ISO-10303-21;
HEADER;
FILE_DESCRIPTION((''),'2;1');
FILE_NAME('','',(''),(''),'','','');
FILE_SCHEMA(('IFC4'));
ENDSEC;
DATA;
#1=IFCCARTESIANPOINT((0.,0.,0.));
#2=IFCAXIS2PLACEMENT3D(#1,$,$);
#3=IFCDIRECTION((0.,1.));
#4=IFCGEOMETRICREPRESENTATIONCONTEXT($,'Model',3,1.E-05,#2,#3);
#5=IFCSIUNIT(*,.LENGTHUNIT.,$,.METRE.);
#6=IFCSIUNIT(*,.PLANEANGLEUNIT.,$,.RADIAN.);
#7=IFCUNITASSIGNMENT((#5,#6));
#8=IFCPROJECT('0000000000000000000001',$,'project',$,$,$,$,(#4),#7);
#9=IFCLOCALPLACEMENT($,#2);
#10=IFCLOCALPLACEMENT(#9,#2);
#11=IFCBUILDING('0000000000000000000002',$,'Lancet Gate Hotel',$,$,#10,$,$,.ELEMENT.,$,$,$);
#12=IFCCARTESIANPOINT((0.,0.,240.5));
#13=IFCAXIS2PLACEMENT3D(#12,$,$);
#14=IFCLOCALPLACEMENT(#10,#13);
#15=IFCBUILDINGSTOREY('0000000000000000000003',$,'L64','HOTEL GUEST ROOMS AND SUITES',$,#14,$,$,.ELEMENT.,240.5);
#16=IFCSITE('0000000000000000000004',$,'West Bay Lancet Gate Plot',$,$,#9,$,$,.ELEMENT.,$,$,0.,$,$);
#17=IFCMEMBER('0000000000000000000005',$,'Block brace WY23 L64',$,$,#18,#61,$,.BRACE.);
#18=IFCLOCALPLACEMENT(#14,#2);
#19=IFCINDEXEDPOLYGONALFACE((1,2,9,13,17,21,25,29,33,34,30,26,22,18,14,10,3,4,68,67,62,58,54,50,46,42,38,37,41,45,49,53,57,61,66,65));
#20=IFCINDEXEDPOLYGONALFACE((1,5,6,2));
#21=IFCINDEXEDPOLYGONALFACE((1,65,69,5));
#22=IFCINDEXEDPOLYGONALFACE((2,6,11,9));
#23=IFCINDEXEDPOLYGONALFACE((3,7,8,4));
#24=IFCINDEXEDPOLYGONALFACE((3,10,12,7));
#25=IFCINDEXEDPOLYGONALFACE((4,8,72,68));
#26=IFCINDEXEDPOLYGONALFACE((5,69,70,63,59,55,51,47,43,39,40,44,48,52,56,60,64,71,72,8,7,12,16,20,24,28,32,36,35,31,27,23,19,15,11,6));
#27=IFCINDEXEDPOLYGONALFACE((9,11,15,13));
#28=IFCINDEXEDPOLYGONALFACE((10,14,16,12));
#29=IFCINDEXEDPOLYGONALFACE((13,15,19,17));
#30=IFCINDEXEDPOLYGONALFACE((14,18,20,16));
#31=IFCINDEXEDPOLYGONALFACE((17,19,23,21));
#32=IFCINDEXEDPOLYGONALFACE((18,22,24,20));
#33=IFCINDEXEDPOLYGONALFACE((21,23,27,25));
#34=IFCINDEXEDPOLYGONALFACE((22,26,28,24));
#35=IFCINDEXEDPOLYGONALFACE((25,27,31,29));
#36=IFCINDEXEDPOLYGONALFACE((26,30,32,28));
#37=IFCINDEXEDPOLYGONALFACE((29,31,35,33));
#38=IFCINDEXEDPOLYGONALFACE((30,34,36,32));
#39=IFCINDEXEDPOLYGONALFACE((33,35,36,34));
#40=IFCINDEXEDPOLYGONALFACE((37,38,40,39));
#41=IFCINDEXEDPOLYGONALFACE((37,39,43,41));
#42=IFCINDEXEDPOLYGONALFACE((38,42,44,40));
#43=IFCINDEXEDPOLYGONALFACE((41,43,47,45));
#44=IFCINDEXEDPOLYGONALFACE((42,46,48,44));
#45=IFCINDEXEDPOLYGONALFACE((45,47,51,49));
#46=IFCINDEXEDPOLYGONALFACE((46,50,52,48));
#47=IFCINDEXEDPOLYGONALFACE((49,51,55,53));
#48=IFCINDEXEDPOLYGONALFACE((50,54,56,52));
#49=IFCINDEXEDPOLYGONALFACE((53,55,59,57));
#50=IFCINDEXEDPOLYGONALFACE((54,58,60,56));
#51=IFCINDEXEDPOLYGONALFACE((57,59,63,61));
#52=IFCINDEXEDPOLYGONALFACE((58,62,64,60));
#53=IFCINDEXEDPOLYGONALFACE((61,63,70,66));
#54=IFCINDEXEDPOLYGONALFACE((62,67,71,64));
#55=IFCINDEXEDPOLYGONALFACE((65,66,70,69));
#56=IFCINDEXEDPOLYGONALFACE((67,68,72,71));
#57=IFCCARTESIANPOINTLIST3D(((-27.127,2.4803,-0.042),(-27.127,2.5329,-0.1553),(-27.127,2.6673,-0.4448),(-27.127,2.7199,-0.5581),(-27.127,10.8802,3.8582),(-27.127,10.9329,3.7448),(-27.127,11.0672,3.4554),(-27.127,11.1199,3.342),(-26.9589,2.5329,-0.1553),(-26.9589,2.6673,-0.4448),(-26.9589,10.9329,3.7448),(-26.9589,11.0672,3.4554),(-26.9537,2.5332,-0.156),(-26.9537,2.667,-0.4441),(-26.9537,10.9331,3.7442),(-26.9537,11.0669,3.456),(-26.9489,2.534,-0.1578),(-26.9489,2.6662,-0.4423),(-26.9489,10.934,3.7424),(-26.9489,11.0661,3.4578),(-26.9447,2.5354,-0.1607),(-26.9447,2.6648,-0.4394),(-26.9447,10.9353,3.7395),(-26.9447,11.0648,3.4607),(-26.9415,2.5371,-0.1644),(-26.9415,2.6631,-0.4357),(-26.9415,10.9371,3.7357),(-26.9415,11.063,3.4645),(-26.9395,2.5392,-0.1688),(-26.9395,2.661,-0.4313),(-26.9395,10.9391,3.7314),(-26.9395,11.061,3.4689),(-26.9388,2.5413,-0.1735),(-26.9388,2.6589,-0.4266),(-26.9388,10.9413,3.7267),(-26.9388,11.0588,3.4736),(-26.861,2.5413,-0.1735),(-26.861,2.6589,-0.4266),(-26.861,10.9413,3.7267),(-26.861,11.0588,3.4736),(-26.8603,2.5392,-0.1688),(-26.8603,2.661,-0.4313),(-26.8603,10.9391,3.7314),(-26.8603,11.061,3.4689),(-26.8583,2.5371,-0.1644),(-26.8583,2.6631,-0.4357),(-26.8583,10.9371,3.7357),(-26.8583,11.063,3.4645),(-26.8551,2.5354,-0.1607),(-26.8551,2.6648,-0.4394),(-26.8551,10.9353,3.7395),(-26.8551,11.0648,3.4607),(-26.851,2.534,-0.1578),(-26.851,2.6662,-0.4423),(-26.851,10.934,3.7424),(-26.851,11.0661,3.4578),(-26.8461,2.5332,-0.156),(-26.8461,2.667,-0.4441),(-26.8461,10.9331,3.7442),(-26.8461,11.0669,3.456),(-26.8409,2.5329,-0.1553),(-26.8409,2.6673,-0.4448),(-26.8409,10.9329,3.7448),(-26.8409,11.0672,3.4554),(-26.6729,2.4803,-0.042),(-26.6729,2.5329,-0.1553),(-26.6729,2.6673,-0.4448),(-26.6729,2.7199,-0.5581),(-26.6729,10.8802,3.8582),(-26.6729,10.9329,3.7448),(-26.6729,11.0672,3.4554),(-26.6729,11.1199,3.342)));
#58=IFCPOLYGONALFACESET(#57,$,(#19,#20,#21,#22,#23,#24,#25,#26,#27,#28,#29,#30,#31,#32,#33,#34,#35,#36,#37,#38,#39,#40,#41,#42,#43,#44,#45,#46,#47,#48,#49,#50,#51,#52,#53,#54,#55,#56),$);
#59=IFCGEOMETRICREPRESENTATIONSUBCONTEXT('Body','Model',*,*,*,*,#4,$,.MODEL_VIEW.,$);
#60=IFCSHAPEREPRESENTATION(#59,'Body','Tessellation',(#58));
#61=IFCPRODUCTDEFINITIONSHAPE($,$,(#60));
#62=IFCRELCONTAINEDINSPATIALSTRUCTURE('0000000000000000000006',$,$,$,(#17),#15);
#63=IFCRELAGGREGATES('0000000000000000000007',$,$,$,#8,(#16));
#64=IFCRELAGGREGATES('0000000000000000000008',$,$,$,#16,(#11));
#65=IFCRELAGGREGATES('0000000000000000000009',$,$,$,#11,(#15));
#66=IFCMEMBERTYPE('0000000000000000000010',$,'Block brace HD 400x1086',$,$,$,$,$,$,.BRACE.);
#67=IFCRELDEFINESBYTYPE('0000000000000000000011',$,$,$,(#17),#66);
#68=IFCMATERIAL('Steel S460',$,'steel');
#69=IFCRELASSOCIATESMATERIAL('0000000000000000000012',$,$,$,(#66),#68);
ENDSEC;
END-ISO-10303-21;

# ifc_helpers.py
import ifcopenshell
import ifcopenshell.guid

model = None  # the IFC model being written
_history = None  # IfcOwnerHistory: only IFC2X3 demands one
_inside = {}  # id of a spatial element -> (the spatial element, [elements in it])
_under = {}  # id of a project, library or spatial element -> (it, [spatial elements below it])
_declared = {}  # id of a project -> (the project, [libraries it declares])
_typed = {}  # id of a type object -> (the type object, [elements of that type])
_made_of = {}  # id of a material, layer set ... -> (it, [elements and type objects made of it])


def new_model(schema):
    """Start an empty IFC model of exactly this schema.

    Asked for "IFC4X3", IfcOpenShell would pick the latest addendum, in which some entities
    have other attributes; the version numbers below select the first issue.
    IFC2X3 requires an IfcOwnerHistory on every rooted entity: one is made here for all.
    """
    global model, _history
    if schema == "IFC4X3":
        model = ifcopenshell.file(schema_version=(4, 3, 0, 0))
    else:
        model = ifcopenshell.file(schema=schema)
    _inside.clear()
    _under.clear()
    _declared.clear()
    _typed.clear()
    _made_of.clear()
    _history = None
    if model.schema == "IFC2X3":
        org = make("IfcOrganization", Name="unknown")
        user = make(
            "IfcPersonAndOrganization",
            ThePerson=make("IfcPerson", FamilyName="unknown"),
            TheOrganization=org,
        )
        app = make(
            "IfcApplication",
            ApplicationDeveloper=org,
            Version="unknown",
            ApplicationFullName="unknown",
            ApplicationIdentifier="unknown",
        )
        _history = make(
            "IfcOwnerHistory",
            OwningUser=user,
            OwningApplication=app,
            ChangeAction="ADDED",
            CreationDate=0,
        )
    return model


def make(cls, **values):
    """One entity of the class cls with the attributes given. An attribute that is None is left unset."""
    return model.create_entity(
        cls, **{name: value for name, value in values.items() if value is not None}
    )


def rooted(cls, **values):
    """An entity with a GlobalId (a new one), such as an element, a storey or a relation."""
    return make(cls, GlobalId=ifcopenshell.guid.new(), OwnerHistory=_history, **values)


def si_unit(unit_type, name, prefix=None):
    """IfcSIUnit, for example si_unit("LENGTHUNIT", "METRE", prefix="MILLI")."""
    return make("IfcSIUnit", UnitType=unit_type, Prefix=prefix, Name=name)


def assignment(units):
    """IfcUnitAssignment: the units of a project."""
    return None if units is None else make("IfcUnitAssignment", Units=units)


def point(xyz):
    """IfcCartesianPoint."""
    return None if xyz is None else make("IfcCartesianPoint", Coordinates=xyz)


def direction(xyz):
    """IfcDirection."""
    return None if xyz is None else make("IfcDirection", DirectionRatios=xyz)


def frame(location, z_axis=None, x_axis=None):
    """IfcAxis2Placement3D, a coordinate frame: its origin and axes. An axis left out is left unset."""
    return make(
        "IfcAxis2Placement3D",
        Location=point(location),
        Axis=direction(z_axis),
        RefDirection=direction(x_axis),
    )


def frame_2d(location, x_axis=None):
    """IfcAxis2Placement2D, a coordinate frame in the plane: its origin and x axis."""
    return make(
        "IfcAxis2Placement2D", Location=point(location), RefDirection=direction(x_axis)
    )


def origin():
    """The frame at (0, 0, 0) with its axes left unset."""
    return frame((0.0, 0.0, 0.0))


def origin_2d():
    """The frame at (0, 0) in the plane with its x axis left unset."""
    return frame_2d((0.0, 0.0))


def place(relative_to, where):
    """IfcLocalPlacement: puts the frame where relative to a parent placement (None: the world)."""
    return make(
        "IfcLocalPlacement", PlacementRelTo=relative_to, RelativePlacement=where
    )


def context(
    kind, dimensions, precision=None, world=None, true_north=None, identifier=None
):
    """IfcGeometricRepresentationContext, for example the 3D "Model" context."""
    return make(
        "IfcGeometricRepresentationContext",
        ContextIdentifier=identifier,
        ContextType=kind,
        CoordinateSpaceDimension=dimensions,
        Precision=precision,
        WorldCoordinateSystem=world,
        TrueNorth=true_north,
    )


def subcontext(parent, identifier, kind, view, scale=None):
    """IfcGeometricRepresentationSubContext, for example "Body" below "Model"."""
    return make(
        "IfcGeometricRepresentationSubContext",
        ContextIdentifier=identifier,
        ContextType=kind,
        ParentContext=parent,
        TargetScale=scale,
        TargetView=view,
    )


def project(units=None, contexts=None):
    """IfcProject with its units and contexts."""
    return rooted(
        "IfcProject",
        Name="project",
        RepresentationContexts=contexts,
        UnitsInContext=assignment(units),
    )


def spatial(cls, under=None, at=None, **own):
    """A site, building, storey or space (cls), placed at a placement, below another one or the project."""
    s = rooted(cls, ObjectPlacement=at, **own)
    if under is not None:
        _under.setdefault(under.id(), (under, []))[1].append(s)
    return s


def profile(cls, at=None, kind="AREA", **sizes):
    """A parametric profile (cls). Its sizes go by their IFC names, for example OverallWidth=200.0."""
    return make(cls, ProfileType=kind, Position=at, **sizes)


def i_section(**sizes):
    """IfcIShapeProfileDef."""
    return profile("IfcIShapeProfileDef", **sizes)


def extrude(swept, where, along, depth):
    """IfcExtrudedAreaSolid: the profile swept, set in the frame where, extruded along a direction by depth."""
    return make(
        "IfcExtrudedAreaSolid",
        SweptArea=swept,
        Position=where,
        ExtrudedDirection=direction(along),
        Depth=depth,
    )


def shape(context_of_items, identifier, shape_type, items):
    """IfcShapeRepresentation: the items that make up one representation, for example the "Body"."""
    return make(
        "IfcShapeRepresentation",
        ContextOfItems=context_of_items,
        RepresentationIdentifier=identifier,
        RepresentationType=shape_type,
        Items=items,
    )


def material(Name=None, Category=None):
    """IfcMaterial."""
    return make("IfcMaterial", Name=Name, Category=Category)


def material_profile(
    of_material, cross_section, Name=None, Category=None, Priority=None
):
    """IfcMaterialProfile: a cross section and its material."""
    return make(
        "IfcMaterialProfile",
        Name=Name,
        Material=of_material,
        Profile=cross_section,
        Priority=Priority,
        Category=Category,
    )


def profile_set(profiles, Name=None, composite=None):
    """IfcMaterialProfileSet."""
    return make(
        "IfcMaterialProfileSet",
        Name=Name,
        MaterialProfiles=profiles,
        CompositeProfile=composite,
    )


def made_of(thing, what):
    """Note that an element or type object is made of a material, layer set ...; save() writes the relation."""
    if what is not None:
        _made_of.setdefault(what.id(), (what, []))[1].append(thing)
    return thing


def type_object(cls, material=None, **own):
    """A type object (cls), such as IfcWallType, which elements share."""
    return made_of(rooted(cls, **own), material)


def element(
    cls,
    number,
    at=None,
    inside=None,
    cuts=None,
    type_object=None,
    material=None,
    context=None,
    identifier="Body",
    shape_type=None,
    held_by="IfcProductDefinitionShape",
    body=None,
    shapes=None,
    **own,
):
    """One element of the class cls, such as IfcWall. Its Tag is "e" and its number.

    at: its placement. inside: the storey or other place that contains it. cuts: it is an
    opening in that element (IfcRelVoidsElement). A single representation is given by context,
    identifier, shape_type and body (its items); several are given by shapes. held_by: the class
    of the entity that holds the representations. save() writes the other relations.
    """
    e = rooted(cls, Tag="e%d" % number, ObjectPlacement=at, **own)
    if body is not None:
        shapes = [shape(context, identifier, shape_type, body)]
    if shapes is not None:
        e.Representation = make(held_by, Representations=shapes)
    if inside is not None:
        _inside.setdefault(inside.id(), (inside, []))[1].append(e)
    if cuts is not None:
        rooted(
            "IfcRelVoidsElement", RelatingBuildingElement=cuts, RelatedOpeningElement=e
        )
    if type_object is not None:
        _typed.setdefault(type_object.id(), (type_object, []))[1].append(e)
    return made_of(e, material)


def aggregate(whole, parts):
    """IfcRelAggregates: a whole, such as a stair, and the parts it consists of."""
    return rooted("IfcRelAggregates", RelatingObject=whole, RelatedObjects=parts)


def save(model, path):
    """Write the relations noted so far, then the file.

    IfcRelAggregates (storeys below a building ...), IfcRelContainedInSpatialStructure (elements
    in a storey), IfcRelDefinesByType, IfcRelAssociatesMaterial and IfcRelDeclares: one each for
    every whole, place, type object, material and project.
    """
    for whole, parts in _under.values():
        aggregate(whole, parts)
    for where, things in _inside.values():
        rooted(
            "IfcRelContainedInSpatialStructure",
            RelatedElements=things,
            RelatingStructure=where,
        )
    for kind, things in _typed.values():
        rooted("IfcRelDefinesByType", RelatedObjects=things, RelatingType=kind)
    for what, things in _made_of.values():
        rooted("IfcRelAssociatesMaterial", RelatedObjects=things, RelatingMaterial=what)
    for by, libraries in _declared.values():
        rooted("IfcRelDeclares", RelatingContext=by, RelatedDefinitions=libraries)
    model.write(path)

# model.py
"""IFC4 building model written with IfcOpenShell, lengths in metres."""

from ifc_helpers import new_model, si_unit, direction, frame, origin, origin_2d, place, context, subcontext, project, spatial, i_section, extrude, material, material_profile, profile_set, type_object, element, save


model = new_model("IFC4")

# Units and contexts
model_context = context("Model", 3, precision=1e-05, world=origin(), true_north=direction((0.0, 1.0)))
body_context = subcontext(model_context, "Body", "Model", "MODEL_VIEW")
ifc_project = project(units=[si_unit("LENGTHUNIT", "METRE"), si_unit("PLANEANGLEUNIT", "RADIAN")], contexts=[model_context])

# Site, building, storey
site_placement = place(None, origin())
site = spatial("IfcSite", under=ifc_project, at=site_placement, Name="West Bay Lancet Gate Plot", CompositionType="ELEMENT", RefElevation=0.0)
building_placement = place(site_placement, origin())
building = spatial("IfcBuilding", under=site, at=building_placement, Name="Lancet Gate Hotel", CompositionType="ELEMENT")
storey_placement = place(building_placement, frame((0.0, 0.0, 240.5)))
storey = spatial("IfcBuildingStorey", under=building, at=storey_placement, Name="L64", Description="HOTEL GUEST ROOMS AND SUITES", CompositionType="ELEMENT", Elevation=240.5)

# Member
ifc_material_1 = material(Name="Steel S460", Category="steel")
ifc_material_profile_1 = material_profile(ifc_material_1, i_section(OverallWidth=0.4541, OverallDepth=0.5691, WebThickness=0.0779, FlangeThickness=0.125, FilletRadius=0.02, at=origin_2d()), Name="HD 400x1086")
ifc_profile_set_1 = profile_set([ifc_material_profile_1], Name="Steel S460")
member_type = type_object("IfcMemberType", Name="Block brace HD 400x1086", PredefinedType="BRACE", material=ifc_profile_set_1)
member_1_placement = place(storey_placement, frame((-26.8999, 2.6001, -0.3), z_axis=(0.0, 0.907001, 0.421128), x_axis=(-1.0, 0.0, 0.0)))
element("IfcMember", 1, at=member_1_placement, inside=storey, type_object=member_type, Name="Block brace WY23 L64", PredefinedType="BRACE", context=body_context, shape_type="SweptSolid", body=[
    extrude(i_section(OverallWidth=0.4541, OverallDepth=0.5691, WebThickness=0.0779, FlangeThickness=0.125, FilletRadius=0.02, at=origin_2d()), origin(), (0.0, 0.0, 1.0), 9.2612),
])

save(model, "model.ifc")
